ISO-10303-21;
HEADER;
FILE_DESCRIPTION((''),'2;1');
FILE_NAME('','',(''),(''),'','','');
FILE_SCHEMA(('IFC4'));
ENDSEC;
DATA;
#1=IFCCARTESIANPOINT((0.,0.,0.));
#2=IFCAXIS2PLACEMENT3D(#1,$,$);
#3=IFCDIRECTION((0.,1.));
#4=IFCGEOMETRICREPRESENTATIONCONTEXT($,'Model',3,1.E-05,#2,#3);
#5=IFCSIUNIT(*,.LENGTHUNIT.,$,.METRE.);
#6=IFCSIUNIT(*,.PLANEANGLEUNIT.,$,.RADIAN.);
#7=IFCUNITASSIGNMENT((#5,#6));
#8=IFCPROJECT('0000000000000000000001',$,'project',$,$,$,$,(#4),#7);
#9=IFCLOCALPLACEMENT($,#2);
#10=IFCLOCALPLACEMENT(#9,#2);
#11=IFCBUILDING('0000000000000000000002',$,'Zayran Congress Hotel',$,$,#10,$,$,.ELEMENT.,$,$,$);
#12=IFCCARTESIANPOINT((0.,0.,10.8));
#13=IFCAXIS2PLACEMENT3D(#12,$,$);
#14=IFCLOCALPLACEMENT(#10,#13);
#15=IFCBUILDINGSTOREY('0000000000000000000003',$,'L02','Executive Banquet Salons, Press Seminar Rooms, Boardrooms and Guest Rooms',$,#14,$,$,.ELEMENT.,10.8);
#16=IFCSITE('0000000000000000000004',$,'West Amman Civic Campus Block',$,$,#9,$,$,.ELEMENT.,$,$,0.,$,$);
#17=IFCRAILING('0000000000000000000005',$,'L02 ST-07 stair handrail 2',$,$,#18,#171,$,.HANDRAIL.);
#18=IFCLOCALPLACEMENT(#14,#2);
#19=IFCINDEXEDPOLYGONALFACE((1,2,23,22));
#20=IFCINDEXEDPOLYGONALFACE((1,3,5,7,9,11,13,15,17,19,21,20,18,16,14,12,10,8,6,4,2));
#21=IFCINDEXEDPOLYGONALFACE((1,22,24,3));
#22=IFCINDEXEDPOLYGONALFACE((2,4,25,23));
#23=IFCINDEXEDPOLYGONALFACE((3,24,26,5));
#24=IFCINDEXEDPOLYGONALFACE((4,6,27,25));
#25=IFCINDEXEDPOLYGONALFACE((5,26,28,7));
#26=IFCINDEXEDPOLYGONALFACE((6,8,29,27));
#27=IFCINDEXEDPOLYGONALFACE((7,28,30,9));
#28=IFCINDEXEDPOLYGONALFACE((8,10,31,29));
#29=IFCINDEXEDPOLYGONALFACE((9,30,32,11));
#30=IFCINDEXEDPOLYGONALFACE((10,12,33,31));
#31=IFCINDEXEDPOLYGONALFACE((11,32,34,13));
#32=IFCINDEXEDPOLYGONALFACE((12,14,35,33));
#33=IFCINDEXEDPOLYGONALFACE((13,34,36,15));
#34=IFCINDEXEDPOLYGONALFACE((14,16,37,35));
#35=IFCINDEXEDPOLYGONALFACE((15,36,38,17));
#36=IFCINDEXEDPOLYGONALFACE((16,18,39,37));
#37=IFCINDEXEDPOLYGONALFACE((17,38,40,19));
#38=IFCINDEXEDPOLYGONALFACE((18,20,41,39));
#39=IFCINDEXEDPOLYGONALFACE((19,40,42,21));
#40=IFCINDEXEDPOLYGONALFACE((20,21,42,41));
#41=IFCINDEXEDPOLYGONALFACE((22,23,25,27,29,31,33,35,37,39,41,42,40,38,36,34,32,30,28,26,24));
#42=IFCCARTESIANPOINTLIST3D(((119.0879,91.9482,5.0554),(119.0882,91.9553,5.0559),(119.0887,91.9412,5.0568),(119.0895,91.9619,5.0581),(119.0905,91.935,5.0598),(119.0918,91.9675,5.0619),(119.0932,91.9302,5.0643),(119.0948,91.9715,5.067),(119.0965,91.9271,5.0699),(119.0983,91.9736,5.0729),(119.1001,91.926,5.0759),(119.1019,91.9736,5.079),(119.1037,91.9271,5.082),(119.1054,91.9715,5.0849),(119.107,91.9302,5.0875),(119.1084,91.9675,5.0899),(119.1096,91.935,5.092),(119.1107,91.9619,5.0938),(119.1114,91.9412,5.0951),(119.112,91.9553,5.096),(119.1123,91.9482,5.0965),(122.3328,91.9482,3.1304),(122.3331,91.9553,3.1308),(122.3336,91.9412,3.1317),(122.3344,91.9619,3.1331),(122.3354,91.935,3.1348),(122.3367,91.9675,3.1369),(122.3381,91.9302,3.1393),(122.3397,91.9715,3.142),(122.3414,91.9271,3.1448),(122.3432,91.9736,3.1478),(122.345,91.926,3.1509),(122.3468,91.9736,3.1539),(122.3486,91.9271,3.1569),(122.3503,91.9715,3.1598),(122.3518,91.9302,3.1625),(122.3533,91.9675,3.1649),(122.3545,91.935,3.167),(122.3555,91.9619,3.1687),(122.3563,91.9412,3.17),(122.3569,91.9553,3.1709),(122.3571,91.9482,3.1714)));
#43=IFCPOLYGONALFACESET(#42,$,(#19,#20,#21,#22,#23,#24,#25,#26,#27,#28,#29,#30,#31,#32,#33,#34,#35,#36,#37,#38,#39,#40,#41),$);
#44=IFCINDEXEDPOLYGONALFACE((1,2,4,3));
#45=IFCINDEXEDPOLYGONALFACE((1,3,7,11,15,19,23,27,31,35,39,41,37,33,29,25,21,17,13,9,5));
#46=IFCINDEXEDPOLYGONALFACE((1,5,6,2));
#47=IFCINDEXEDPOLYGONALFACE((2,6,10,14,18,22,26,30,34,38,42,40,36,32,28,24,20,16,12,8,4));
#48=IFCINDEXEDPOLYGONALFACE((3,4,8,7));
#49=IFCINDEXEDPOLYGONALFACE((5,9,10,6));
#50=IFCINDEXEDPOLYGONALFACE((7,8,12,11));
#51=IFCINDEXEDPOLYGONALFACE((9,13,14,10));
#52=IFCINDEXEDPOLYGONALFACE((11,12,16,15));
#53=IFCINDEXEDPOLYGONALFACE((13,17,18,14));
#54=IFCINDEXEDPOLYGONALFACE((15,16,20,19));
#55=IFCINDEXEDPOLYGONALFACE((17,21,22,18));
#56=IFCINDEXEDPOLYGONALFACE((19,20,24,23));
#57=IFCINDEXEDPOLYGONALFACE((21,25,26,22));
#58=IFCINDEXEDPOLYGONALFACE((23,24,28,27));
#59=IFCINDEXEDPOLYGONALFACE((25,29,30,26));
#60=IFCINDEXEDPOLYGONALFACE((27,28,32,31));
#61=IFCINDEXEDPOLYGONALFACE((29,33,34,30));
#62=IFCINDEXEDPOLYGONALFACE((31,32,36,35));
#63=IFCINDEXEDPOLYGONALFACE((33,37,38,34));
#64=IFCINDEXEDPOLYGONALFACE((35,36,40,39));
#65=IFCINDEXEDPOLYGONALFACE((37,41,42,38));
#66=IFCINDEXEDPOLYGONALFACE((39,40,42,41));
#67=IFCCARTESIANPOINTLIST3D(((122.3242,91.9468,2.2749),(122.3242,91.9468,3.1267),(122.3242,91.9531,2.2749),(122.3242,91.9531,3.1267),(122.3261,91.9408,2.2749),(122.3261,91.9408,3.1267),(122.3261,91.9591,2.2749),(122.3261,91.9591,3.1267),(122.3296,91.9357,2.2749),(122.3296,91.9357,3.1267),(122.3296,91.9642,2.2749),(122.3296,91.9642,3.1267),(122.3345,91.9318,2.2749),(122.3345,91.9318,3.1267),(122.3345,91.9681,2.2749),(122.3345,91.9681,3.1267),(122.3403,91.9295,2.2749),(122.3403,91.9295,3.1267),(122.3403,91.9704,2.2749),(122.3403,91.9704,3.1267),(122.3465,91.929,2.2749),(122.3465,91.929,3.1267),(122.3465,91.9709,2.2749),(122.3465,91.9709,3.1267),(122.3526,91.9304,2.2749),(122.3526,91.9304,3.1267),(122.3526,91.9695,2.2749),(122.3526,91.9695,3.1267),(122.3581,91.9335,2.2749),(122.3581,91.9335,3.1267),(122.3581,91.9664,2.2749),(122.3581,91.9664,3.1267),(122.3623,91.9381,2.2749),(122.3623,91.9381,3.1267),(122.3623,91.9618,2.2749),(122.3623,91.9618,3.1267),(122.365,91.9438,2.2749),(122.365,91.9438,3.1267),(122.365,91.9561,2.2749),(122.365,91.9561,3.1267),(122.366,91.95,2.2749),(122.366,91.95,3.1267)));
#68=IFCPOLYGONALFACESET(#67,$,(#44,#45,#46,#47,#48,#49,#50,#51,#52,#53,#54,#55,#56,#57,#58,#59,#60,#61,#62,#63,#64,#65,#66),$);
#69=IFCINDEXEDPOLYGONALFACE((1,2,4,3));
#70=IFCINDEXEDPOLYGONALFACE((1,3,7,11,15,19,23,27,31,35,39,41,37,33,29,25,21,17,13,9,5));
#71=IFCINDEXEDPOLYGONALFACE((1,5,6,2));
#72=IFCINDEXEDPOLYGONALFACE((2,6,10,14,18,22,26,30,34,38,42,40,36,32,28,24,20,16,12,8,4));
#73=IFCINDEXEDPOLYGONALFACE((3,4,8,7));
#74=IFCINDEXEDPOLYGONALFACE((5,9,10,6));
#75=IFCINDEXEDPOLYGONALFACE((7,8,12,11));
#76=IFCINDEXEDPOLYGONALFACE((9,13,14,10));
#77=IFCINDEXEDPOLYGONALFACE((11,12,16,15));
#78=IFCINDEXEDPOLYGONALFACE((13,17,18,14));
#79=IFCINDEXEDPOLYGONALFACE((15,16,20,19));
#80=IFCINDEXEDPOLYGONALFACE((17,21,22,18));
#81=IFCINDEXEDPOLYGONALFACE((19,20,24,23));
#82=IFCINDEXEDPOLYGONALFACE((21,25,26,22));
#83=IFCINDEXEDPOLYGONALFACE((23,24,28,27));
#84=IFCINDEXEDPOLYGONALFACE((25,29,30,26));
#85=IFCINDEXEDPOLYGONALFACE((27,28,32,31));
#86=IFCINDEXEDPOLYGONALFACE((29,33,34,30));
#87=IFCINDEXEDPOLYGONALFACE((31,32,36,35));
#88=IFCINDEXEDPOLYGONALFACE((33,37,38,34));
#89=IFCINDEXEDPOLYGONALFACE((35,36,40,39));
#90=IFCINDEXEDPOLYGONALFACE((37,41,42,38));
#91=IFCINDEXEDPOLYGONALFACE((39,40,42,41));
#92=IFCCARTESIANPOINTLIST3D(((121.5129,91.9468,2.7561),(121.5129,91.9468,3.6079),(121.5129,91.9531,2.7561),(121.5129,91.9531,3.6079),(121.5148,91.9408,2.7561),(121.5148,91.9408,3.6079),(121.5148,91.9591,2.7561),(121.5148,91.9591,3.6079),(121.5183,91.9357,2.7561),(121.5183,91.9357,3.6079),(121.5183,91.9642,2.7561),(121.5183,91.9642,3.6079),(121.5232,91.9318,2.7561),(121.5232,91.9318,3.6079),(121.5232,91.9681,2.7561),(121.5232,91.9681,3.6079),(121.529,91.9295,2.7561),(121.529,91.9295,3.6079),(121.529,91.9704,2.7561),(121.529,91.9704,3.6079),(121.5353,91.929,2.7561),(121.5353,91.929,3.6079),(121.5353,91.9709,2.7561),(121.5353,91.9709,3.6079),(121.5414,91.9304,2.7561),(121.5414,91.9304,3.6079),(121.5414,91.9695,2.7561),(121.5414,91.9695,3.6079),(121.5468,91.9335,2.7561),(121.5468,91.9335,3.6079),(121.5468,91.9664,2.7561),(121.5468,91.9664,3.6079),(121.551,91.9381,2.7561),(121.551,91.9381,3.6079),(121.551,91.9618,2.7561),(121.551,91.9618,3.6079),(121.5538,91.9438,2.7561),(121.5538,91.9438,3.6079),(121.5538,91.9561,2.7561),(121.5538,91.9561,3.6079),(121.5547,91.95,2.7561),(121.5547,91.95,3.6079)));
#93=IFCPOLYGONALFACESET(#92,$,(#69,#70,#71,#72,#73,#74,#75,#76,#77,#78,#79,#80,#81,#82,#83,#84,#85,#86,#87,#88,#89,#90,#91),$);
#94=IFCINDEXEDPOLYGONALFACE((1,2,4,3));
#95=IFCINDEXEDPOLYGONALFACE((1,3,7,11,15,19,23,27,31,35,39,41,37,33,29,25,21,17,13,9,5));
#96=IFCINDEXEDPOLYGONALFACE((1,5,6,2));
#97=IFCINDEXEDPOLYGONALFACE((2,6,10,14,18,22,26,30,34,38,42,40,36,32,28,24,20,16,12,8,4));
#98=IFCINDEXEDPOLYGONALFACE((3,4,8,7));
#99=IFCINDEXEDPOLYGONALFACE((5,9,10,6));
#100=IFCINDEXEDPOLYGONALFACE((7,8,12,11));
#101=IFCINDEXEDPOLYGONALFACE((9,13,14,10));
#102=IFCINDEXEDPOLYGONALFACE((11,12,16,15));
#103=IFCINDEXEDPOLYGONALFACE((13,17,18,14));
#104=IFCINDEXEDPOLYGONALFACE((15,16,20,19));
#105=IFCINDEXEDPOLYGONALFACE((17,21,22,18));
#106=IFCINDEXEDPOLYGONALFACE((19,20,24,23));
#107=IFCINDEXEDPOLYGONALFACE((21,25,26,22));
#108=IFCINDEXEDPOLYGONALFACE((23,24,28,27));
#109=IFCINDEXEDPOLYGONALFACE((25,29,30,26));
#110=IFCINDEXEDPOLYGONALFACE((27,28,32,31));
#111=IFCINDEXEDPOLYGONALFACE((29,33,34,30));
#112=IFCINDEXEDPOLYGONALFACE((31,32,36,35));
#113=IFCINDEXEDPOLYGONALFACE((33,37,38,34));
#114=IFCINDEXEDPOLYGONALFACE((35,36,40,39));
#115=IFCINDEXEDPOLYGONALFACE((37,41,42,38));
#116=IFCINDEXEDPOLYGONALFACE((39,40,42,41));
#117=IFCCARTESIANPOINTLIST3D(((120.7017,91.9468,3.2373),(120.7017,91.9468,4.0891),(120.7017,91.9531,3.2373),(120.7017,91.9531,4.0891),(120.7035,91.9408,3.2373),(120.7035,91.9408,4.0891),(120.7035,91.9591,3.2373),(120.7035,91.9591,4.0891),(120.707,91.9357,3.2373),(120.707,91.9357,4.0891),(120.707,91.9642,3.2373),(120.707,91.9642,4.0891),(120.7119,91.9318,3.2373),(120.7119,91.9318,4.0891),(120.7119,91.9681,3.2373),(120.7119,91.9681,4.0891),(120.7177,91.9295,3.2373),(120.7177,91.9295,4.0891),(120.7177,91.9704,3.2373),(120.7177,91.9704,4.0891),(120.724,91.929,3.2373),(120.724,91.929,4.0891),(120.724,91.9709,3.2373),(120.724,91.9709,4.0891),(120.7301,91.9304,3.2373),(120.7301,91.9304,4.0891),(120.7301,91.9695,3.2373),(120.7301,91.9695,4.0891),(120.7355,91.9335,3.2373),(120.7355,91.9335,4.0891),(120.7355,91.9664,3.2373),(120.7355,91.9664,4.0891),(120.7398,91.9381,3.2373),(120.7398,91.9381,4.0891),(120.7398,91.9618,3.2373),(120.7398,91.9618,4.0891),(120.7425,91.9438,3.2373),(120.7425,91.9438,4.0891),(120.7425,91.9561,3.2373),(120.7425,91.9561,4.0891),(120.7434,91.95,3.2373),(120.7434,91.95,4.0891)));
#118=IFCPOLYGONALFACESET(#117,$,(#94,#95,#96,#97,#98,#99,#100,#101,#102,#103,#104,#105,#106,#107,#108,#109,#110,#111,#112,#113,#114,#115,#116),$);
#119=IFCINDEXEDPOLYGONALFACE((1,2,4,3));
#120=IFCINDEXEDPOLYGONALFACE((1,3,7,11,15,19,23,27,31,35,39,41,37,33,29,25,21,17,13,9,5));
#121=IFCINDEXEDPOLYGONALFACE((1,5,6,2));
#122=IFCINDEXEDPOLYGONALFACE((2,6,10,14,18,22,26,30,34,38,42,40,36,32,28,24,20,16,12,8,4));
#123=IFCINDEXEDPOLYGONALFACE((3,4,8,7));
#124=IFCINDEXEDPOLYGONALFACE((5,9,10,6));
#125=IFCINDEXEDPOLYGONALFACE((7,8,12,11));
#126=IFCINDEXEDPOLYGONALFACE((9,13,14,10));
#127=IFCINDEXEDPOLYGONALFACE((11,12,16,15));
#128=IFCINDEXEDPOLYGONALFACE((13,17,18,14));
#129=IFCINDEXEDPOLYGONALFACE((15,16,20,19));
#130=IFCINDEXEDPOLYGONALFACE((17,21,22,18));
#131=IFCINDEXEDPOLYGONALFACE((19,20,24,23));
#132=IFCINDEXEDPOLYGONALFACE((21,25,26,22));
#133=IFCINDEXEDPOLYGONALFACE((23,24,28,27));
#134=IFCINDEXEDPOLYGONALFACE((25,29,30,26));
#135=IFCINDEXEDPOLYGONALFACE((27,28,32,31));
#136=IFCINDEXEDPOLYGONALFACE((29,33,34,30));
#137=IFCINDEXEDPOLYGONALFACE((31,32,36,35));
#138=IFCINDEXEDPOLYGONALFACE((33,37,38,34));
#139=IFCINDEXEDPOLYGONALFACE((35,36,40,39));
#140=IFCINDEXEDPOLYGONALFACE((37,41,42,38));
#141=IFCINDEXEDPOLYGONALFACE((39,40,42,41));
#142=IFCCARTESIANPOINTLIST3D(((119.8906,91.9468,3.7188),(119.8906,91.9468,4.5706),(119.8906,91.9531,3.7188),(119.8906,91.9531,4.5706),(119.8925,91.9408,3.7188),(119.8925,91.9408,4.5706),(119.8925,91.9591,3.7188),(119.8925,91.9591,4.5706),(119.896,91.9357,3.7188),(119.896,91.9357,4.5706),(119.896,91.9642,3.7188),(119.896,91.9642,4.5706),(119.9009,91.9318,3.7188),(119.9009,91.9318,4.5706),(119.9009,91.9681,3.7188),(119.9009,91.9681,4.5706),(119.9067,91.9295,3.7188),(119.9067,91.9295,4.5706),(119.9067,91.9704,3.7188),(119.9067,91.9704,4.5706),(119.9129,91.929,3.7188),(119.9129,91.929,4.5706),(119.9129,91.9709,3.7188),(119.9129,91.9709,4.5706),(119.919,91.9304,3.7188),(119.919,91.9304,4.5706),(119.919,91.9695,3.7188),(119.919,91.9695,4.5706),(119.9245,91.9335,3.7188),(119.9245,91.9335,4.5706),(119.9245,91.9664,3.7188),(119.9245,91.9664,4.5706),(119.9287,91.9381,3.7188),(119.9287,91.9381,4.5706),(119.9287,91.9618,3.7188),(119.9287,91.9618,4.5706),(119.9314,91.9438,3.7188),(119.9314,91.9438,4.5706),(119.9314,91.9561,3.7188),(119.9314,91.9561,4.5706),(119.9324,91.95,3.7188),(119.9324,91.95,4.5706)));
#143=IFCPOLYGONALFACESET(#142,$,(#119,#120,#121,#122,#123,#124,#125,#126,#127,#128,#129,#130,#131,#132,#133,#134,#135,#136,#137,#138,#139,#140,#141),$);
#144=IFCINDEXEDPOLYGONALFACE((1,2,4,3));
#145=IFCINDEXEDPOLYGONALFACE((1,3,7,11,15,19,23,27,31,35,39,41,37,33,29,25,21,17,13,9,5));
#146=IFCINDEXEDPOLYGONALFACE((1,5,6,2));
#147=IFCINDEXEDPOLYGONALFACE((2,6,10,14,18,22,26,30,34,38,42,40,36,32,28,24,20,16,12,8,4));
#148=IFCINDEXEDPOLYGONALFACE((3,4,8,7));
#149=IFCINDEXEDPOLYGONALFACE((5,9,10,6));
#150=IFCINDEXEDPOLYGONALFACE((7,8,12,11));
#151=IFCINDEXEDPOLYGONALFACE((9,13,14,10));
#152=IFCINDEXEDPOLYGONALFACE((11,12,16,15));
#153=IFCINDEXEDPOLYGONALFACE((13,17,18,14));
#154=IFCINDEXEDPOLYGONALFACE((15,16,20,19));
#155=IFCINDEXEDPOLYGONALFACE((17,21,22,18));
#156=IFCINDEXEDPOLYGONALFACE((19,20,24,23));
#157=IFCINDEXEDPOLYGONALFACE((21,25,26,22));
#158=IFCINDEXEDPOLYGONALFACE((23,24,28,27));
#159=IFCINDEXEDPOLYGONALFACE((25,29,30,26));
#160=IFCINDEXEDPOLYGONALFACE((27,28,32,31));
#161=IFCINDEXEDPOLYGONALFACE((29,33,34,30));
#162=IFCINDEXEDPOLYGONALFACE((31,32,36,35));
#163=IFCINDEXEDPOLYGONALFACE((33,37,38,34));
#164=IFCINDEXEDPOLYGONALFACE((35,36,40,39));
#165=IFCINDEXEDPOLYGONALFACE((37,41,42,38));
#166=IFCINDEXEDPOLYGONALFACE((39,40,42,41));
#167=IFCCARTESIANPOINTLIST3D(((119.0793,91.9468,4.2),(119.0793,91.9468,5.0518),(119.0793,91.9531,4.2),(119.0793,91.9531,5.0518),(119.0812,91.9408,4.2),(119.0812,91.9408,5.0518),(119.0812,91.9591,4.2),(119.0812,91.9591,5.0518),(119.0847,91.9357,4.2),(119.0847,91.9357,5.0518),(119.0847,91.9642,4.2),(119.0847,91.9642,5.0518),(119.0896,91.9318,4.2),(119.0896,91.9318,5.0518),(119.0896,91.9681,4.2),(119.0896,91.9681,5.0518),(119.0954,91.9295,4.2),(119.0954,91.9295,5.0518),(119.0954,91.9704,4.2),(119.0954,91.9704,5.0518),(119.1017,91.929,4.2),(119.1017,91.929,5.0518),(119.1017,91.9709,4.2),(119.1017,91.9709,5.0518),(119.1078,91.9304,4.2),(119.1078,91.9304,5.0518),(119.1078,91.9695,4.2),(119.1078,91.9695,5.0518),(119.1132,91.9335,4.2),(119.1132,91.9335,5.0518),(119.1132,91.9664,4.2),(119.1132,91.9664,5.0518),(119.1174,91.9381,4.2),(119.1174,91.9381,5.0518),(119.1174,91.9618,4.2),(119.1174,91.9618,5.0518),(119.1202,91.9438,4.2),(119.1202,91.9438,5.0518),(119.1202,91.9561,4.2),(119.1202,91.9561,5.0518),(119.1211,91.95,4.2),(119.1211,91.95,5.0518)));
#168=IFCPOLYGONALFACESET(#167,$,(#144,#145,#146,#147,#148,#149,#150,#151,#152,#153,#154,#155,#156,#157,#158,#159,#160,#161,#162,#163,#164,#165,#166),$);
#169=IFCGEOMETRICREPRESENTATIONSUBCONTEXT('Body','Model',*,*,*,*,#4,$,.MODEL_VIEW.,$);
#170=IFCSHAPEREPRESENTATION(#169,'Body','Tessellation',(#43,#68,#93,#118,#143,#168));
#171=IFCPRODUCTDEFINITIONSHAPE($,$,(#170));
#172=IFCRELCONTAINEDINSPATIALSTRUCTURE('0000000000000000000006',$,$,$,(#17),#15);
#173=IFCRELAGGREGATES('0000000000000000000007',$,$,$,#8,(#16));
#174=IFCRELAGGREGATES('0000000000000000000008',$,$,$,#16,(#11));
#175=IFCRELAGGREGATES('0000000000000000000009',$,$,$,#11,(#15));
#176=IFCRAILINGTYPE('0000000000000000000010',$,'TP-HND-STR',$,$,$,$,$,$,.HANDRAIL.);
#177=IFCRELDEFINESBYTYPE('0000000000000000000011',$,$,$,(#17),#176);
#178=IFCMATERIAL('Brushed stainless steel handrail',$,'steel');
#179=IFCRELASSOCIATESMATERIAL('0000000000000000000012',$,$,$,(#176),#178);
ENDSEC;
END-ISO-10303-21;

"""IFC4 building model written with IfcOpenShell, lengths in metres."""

from ifc_helpers import new_model, si_unit, direction, frame, origin, origin_2d, place, context, subcontext, project, spatial, circle, extrude, material, type_object, element, save


model = new_model("IFC4")

# Units and contexts
model_context = context("Model", 3, precision=1e-05, world=origin(), true_north=direction((0.0, 1.0)))
body_context = subcontext(model_context, "Body", "Model", "MODEL_VIEW")
ifc_project = project(units=[si_unit("LENGTHUNIT", "METRE"), si_unit("PLANEANGLEUNIT", "RADIAN")], contexts=[model_context])

# Site, building, storey
site_placement = place(None, origin())
site = spatial("IfcSite", under=ifc_project, at=site_placement, Name="West Amman Civic Campus Block", CompositionType="ELEMENT", RefElevation=0.0)
building_placement = place(site_placement, origin())
building = spatial("IfcBuilding", under=site, at=building_placement, Name="Zayran Congress Hotel", CompositionType="ELEMENT")
storey_placement = place(building_placement, frame((0.0, 0.0, 10.8)))
storey = spatial("IfcBuildingStorey", under=building, at=storey_placement, Name="L02", Description="Executive Banquet Salons, Press Seminar Rooms, Boardrooms and Guest Rooms", CompositionType="ELEMENT", Elevation=10.8)

# Railing
ifc_material_1 = material(Name="Brushed stainless steel handrail", Category="steel")
railing_type_1 = type_object("IfcRailingType", Name="TP-HND-STR", PredefinedType="HANDRAIL", material=ifc_material_1)
railing_1_placement = place(storey_placement, frame((122.345, 91.95, 2.2749)))
element("IfcRailing", 1, at=railing_1_placement, inside=storey, type_object=railing_type_1, Name="L02 ST-07 stair handrail 2", PredefinedType="HANDRAIL", context=body_context, shape_type="SweptSolid", body=[
    extrude(circle(Radius=0.0239, at=origin_2d()), frame((0.0, 0.0, 0.876), z_axis=(-0.86004, 0.0, 0.510226), x_axis=(0.0, -1.0, 0.0)), (0.0, 0.0, 1.0), 3.7729),
    extrude(circle(Radius=0.021, at=origin_2d()), origin(), (0.0, 0.0, 1.0), 0.8518),
    extrude(circle(Radius=0.021, at=origin_2d()), frame((-0.8113, 0.0, 0.4812)), (0.0, 0.0, 1.0), 0.8518),
    extrude(circle(Radius=0.021, at=origin_2d()), frame((-1.6226, 0.0, 0.9624)), (0.0, 0.0, 1.0), 0.8518),
    extrude(circle(Radius=0.021, at=origin_2d()), frame((-2.4336, 0.0, 1.4438)), (0.0, 0.0, 1.0), 0.8518),
    extrude(circle(Radius=0.021, at=origin_2d()), frame((-3.2449, 0.0, 1.925)), (0.0, 0.0, 1.0), 0.8518),
])

save(model, "model.ifc")
